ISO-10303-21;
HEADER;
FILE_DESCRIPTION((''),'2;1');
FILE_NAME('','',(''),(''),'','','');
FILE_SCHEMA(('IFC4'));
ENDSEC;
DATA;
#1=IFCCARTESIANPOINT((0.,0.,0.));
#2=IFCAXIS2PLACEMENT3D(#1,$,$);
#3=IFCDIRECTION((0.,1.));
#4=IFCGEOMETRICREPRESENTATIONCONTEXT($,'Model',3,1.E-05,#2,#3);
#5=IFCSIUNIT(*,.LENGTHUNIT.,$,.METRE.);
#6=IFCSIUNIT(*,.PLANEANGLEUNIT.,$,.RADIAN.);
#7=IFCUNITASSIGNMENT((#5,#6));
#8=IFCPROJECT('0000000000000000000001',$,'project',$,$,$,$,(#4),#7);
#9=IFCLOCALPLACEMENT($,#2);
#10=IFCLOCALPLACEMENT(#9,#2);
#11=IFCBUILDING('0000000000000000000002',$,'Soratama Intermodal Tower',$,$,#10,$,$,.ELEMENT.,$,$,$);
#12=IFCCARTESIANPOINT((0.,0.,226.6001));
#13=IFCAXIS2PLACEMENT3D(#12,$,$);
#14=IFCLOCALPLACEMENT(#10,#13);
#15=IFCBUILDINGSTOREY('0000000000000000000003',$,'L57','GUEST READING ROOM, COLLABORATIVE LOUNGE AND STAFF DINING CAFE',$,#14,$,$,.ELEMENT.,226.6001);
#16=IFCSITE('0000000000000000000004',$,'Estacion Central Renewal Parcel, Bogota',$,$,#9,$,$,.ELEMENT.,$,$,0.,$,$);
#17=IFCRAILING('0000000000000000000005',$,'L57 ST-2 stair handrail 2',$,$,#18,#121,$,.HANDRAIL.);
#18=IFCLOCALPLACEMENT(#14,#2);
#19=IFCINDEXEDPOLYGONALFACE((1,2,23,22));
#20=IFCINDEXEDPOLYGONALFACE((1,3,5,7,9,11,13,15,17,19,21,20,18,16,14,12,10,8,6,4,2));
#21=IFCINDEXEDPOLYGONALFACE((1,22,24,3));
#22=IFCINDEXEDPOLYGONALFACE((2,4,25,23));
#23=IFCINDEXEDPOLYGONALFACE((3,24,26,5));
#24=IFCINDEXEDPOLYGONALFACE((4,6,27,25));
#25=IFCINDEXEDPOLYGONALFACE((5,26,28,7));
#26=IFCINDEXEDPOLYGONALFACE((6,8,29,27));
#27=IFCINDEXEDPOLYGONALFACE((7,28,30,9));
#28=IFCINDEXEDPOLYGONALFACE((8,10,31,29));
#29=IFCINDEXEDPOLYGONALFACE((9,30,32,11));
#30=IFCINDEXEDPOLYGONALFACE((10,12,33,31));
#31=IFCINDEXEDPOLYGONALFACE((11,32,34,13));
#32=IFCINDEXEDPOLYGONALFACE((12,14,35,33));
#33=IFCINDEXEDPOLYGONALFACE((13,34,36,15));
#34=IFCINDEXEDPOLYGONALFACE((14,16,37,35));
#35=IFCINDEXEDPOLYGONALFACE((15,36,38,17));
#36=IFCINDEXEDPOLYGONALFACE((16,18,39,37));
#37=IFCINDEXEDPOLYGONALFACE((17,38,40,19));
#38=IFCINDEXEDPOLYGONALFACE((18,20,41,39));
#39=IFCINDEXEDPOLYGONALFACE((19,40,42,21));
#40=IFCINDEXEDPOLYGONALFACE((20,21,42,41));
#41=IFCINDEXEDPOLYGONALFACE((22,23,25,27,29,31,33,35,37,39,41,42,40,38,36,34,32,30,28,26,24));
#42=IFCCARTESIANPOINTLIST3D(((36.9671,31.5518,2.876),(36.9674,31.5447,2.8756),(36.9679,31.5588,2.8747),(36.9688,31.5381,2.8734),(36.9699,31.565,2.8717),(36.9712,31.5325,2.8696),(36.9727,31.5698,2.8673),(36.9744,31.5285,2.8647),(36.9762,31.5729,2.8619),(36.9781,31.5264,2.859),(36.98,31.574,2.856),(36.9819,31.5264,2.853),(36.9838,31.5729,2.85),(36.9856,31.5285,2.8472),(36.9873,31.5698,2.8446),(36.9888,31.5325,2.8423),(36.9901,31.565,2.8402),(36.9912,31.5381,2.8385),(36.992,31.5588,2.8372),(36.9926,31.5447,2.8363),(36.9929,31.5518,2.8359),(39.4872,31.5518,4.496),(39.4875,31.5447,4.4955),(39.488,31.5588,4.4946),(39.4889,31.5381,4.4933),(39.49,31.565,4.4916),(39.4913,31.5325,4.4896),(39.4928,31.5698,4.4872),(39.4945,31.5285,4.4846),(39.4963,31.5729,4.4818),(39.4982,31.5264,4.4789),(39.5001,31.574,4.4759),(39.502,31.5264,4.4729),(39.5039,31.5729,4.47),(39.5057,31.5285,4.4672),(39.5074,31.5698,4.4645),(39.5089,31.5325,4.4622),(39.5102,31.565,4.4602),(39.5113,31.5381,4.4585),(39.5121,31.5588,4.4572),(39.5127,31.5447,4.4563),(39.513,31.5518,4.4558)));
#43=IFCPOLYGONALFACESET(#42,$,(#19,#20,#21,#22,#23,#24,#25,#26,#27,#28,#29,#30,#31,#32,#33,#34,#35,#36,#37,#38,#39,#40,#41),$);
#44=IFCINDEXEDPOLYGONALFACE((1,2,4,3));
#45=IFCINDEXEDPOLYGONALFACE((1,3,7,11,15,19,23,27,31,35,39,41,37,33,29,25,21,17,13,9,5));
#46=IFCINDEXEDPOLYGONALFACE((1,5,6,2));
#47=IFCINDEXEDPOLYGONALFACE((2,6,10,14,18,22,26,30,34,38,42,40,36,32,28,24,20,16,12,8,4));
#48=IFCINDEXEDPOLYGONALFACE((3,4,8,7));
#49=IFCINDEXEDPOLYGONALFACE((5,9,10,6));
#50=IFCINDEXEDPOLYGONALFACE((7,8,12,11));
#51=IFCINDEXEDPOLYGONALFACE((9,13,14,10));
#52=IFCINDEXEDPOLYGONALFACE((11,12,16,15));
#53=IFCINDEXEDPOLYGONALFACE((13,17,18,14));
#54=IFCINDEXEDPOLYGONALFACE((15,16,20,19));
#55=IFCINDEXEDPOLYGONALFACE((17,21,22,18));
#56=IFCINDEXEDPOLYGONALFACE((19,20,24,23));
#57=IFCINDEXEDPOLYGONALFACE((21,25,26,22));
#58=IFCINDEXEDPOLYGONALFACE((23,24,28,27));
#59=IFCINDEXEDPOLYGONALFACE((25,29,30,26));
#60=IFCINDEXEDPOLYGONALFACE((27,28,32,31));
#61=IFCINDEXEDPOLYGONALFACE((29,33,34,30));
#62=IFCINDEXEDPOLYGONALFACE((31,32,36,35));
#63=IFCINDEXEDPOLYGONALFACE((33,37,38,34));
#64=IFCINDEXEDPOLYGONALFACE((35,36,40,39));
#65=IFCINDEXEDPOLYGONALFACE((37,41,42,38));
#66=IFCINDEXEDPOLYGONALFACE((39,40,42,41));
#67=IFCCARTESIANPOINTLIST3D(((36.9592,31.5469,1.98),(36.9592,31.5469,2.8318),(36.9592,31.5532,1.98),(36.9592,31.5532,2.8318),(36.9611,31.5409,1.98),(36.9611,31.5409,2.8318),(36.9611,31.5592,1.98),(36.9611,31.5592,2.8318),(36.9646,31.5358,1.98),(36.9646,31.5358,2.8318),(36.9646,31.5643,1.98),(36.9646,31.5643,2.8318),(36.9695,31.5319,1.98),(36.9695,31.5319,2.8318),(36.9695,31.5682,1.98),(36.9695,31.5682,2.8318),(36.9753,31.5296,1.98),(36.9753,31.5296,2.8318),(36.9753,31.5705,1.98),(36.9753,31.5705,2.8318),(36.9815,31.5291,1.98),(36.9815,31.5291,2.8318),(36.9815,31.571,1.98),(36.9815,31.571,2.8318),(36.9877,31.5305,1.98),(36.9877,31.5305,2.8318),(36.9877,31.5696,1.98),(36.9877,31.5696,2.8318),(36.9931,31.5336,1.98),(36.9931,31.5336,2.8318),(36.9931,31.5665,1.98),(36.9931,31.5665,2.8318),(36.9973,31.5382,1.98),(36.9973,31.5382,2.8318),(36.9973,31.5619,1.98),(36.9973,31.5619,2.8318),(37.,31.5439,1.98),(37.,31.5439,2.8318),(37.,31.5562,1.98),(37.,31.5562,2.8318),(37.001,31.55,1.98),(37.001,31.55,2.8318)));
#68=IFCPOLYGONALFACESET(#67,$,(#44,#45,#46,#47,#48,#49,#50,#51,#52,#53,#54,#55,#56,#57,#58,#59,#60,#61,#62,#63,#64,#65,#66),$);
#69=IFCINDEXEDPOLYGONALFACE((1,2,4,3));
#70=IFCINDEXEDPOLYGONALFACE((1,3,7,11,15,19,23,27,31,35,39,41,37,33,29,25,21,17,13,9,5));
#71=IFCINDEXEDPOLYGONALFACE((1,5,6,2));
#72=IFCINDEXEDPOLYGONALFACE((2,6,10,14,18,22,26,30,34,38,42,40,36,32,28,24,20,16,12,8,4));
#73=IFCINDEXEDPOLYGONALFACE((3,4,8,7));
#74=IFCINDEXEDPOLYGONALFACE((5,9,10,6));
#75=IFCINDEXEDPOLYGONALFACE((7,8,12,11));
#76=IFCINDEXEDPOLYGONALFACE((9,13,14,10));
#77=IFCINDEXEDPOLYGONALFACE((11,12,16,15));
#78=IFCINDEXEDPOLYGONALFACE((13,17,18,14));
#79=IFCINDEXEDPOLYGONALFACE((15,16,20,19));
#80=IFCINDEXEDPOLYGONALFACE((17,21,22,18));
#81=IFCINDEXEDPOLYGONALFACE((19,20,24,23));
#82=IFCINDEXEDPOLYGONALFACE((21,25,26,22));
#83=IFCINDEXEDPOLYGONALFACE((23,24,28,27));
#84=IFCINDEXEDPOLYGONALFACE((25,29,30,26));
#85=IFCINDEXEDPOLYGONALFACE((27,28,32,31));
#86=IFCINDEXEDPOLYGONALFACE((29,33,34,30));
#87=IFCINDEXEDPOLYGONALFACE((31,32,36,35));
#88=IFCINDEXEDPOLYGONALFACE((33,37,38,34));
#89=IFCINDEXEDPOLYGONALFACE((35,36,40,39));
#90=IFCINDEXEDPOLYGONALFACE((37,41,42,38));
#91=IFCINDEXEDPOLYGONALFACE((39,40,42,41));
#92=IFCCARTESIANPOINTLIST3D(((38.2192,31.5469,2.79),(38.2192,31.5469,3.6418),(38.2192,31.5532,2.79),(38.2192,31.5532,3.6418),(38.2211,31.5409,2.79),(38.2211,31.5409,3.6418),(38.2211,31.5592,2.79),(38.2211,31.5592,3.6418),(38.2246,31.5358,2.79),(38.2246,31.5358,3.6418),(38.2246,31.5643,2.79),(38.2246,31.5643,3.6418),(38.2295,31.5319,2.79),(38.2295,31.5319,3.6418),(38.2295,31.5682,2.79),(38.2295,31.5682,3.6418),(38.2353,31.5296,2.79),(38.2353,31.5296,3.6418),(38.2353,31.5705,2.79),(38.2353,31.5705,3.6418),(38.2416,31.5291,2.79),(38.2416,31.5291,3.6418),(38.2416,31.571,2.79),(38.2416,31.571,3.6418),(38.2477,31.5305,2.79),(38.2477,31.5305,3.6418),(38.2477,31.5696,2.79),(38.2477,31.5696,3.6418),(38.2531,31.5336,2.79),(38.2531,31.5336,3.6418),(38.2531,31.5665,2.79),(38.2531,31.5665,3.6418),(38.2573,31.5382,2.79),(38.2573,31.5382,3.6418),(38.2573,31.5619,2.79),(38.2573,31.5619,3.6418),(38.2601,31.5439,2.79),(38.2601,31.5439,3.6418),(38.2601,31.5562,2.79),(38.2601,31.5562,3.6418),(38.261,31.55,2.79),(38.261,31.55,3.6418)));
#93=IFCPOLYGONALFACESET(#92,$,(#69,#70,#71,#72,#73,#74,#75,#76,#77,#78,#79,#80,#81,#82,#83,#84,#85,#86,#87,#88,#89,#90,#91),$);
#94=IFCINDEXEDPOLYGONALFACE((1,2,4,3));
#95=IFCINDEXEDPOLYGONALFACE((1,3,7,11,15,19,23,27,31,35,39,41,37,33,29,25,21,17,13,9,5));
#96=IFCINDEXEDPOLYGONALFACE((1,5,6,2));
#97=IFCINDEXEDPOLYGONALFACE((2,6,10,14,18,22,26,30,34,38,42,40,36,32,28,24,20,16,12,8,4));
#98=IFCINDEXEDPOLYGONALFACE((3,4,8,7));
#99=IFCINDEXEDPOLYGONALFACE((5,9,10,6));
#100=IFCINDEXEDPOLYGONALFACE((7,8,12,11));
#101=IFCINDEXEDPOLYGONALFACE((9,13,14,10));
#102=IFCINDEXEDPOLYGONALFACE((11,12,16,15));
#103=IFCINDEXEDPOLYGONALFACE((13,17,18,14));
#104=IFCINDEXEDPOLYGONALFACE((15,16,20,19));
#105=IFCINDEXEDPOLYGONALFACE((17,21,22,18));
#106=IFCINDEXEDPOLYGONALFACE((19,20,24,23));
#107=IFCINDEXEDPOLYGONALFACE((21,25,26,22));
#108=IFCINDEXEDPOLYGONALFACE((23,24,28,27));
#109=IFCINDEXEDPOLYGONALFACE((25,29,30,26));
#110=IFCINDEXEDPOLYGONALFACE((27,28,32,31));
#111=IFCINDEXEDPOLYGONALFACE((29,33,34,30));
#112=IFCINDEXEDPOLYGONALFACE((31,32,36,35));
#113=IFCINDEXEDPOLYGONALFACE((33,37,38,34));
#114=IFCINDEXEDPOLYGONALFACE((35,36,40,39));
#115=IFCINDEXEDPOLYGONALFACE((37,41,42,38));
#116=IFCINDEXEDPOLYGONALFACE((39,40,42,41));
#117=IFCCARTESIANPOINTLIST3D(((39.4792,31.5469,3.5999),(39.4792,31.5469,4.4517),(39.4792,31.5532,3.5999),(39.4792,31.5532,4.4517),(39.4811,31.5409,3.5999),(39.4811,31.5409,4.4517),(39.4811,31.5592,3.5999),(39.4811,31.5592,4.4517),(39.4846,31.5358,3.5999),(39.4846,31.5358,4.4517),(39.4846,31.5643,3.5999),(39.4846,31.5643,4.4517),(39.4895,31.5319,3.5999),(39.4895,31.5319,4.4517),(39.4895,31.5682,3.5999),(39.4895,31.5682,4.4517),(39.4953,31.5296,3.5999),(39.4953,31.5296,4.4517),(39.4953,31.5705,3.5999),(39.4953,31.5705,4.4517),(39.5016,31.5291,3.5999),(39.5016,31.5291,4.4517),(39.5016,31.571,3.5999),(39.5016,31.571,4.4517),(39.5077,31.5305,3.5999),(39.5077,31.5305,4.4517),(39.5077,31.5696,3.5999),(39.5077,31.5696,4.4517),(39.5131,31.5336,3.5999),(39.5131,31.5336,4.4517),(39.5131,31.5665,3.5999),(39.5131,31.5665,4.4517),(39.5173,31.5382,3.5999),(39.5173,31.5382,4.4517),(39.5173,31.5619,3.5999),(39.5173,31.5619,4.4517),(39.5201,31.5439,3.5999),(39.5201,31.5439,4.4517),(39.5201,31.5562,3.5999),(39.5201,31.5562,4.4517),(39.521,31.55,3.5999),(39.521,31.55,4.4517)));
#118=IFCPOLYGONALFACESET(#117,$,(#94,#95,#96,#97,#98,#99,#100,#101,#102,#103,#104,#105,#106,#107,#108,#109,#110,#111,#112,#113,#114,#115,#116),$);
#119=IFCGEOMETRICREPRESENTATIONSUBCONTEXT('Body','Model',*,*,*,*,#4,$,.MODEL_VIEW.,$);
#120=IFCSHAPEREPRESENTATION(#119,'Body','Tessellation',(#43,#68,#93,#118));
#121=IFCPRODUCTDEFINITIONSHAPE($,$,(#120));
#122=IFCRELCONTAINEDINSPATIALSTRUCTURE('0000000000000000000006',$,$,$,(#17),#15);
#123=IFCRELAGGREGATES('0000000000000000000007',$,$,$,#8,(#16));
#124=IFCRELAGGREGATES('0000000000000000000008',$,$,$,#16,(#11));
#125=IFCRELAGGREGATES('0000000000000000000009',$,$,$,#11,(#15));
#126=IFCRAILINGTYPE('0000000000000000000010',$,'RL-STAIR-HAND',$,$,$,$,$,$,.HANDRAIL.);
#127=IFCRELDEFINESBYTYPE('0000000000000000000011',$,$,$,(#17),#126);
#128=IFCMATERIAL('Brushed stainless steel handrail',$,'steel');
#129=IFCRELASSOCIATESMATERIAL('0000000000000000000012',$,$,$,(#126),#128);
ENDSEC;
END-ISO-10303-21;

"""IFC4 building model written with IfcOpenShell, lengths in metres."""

from ifc_helpers import new_model, si_unit, direction, frame, origin, origin_2d, place, context, subcontext, project, spatial, circle, extrude, material, type_object, element, save


model = new_model("IFC4")

# Units and contexts
model_context = context("Model", 3, precision=1e-05, world=origin(), true_north=direction((0.0, 1.0)))
body_context = subcontext(model_context, "Body", "Model", "MODEL_VIEW")
ifc_project = project(units=[si_unit("LENGTHUNIT", "METRE"), si_unit("PLANEANGLEUNIT", "RADIAN")], contexts=[model_context])

# Site, building, storey
site_placement = place(None, origin())
site = spatial("IfcSite", under=ifc_project, at=site_placement, Name="Estacion Central Renewal Parcel, Bogota", CompositionType="ELEMENT", RefElevation=0.0)
building_placement = place(site_placement, origin())
building = spatial("IfcBuilding", under=site, at=building_placement, Name="Soratama Intermodal Tower", CompositionType="ELEMENT")
storey_placement = place(building_placement, frame((0.0, 0.0, 226.6001)))
storey = spatial("IfcBuildingStorey", under=building, at=storey_placement, Name="L57", Description="GUEST READING ROOM, COLLABORATIVE LOUNGE AND STAFF DINING CAFE", CompositionType="ELEMENT", Elevation=226.6001)

# Railing
ifc_material_1 = material(Name="Brushed stainless steel handrail", Category="steel")
railing_type_1 = type_object("IfcRailingType", Name="RL-STAIR-HAND", PredefinedType="HANDRAIL", material=ifc_material_1)
railing_1_placement = place(storey_placement, frame((36.98, 31.55, 1.98)))
element("IfcRailing", 1, at=railing_1_placement, inside=storey, type_object=railing_type_1, Name="L57 ST-2 stair handrail 2", PredefinedType="HANDRAIL", context=body_context, shape_type="SweptSolid", body=[
    extrude(circle(Radius=0.0239, at=origin_2d()), frame((0.0, 0.0, 0.876), z_axis=(0.8412, 0.0, 0.540725), x_axis=(0.0, 1.0, 0.0)), (0.0, 0.0, 1.0), 2.9958),
    extrude(circle(Radius=0.021, at=origin_2d()), origin(), (0.0, 0.0, 1.0), 0.8518),
    extrude(circle(Radius=0.021, at=origin_2d()), frame((1.26, 0.0, 0.8101)), (0.0, 0.0, 1.0), 0.8518),
    extrude(circle(Radius=0.021, at=origin_2d()), frame((2.52, 0.0, 1.6199)), (0.0, 0.0, 1.0), 0.8518),
])

save(model, "model.ifc")
